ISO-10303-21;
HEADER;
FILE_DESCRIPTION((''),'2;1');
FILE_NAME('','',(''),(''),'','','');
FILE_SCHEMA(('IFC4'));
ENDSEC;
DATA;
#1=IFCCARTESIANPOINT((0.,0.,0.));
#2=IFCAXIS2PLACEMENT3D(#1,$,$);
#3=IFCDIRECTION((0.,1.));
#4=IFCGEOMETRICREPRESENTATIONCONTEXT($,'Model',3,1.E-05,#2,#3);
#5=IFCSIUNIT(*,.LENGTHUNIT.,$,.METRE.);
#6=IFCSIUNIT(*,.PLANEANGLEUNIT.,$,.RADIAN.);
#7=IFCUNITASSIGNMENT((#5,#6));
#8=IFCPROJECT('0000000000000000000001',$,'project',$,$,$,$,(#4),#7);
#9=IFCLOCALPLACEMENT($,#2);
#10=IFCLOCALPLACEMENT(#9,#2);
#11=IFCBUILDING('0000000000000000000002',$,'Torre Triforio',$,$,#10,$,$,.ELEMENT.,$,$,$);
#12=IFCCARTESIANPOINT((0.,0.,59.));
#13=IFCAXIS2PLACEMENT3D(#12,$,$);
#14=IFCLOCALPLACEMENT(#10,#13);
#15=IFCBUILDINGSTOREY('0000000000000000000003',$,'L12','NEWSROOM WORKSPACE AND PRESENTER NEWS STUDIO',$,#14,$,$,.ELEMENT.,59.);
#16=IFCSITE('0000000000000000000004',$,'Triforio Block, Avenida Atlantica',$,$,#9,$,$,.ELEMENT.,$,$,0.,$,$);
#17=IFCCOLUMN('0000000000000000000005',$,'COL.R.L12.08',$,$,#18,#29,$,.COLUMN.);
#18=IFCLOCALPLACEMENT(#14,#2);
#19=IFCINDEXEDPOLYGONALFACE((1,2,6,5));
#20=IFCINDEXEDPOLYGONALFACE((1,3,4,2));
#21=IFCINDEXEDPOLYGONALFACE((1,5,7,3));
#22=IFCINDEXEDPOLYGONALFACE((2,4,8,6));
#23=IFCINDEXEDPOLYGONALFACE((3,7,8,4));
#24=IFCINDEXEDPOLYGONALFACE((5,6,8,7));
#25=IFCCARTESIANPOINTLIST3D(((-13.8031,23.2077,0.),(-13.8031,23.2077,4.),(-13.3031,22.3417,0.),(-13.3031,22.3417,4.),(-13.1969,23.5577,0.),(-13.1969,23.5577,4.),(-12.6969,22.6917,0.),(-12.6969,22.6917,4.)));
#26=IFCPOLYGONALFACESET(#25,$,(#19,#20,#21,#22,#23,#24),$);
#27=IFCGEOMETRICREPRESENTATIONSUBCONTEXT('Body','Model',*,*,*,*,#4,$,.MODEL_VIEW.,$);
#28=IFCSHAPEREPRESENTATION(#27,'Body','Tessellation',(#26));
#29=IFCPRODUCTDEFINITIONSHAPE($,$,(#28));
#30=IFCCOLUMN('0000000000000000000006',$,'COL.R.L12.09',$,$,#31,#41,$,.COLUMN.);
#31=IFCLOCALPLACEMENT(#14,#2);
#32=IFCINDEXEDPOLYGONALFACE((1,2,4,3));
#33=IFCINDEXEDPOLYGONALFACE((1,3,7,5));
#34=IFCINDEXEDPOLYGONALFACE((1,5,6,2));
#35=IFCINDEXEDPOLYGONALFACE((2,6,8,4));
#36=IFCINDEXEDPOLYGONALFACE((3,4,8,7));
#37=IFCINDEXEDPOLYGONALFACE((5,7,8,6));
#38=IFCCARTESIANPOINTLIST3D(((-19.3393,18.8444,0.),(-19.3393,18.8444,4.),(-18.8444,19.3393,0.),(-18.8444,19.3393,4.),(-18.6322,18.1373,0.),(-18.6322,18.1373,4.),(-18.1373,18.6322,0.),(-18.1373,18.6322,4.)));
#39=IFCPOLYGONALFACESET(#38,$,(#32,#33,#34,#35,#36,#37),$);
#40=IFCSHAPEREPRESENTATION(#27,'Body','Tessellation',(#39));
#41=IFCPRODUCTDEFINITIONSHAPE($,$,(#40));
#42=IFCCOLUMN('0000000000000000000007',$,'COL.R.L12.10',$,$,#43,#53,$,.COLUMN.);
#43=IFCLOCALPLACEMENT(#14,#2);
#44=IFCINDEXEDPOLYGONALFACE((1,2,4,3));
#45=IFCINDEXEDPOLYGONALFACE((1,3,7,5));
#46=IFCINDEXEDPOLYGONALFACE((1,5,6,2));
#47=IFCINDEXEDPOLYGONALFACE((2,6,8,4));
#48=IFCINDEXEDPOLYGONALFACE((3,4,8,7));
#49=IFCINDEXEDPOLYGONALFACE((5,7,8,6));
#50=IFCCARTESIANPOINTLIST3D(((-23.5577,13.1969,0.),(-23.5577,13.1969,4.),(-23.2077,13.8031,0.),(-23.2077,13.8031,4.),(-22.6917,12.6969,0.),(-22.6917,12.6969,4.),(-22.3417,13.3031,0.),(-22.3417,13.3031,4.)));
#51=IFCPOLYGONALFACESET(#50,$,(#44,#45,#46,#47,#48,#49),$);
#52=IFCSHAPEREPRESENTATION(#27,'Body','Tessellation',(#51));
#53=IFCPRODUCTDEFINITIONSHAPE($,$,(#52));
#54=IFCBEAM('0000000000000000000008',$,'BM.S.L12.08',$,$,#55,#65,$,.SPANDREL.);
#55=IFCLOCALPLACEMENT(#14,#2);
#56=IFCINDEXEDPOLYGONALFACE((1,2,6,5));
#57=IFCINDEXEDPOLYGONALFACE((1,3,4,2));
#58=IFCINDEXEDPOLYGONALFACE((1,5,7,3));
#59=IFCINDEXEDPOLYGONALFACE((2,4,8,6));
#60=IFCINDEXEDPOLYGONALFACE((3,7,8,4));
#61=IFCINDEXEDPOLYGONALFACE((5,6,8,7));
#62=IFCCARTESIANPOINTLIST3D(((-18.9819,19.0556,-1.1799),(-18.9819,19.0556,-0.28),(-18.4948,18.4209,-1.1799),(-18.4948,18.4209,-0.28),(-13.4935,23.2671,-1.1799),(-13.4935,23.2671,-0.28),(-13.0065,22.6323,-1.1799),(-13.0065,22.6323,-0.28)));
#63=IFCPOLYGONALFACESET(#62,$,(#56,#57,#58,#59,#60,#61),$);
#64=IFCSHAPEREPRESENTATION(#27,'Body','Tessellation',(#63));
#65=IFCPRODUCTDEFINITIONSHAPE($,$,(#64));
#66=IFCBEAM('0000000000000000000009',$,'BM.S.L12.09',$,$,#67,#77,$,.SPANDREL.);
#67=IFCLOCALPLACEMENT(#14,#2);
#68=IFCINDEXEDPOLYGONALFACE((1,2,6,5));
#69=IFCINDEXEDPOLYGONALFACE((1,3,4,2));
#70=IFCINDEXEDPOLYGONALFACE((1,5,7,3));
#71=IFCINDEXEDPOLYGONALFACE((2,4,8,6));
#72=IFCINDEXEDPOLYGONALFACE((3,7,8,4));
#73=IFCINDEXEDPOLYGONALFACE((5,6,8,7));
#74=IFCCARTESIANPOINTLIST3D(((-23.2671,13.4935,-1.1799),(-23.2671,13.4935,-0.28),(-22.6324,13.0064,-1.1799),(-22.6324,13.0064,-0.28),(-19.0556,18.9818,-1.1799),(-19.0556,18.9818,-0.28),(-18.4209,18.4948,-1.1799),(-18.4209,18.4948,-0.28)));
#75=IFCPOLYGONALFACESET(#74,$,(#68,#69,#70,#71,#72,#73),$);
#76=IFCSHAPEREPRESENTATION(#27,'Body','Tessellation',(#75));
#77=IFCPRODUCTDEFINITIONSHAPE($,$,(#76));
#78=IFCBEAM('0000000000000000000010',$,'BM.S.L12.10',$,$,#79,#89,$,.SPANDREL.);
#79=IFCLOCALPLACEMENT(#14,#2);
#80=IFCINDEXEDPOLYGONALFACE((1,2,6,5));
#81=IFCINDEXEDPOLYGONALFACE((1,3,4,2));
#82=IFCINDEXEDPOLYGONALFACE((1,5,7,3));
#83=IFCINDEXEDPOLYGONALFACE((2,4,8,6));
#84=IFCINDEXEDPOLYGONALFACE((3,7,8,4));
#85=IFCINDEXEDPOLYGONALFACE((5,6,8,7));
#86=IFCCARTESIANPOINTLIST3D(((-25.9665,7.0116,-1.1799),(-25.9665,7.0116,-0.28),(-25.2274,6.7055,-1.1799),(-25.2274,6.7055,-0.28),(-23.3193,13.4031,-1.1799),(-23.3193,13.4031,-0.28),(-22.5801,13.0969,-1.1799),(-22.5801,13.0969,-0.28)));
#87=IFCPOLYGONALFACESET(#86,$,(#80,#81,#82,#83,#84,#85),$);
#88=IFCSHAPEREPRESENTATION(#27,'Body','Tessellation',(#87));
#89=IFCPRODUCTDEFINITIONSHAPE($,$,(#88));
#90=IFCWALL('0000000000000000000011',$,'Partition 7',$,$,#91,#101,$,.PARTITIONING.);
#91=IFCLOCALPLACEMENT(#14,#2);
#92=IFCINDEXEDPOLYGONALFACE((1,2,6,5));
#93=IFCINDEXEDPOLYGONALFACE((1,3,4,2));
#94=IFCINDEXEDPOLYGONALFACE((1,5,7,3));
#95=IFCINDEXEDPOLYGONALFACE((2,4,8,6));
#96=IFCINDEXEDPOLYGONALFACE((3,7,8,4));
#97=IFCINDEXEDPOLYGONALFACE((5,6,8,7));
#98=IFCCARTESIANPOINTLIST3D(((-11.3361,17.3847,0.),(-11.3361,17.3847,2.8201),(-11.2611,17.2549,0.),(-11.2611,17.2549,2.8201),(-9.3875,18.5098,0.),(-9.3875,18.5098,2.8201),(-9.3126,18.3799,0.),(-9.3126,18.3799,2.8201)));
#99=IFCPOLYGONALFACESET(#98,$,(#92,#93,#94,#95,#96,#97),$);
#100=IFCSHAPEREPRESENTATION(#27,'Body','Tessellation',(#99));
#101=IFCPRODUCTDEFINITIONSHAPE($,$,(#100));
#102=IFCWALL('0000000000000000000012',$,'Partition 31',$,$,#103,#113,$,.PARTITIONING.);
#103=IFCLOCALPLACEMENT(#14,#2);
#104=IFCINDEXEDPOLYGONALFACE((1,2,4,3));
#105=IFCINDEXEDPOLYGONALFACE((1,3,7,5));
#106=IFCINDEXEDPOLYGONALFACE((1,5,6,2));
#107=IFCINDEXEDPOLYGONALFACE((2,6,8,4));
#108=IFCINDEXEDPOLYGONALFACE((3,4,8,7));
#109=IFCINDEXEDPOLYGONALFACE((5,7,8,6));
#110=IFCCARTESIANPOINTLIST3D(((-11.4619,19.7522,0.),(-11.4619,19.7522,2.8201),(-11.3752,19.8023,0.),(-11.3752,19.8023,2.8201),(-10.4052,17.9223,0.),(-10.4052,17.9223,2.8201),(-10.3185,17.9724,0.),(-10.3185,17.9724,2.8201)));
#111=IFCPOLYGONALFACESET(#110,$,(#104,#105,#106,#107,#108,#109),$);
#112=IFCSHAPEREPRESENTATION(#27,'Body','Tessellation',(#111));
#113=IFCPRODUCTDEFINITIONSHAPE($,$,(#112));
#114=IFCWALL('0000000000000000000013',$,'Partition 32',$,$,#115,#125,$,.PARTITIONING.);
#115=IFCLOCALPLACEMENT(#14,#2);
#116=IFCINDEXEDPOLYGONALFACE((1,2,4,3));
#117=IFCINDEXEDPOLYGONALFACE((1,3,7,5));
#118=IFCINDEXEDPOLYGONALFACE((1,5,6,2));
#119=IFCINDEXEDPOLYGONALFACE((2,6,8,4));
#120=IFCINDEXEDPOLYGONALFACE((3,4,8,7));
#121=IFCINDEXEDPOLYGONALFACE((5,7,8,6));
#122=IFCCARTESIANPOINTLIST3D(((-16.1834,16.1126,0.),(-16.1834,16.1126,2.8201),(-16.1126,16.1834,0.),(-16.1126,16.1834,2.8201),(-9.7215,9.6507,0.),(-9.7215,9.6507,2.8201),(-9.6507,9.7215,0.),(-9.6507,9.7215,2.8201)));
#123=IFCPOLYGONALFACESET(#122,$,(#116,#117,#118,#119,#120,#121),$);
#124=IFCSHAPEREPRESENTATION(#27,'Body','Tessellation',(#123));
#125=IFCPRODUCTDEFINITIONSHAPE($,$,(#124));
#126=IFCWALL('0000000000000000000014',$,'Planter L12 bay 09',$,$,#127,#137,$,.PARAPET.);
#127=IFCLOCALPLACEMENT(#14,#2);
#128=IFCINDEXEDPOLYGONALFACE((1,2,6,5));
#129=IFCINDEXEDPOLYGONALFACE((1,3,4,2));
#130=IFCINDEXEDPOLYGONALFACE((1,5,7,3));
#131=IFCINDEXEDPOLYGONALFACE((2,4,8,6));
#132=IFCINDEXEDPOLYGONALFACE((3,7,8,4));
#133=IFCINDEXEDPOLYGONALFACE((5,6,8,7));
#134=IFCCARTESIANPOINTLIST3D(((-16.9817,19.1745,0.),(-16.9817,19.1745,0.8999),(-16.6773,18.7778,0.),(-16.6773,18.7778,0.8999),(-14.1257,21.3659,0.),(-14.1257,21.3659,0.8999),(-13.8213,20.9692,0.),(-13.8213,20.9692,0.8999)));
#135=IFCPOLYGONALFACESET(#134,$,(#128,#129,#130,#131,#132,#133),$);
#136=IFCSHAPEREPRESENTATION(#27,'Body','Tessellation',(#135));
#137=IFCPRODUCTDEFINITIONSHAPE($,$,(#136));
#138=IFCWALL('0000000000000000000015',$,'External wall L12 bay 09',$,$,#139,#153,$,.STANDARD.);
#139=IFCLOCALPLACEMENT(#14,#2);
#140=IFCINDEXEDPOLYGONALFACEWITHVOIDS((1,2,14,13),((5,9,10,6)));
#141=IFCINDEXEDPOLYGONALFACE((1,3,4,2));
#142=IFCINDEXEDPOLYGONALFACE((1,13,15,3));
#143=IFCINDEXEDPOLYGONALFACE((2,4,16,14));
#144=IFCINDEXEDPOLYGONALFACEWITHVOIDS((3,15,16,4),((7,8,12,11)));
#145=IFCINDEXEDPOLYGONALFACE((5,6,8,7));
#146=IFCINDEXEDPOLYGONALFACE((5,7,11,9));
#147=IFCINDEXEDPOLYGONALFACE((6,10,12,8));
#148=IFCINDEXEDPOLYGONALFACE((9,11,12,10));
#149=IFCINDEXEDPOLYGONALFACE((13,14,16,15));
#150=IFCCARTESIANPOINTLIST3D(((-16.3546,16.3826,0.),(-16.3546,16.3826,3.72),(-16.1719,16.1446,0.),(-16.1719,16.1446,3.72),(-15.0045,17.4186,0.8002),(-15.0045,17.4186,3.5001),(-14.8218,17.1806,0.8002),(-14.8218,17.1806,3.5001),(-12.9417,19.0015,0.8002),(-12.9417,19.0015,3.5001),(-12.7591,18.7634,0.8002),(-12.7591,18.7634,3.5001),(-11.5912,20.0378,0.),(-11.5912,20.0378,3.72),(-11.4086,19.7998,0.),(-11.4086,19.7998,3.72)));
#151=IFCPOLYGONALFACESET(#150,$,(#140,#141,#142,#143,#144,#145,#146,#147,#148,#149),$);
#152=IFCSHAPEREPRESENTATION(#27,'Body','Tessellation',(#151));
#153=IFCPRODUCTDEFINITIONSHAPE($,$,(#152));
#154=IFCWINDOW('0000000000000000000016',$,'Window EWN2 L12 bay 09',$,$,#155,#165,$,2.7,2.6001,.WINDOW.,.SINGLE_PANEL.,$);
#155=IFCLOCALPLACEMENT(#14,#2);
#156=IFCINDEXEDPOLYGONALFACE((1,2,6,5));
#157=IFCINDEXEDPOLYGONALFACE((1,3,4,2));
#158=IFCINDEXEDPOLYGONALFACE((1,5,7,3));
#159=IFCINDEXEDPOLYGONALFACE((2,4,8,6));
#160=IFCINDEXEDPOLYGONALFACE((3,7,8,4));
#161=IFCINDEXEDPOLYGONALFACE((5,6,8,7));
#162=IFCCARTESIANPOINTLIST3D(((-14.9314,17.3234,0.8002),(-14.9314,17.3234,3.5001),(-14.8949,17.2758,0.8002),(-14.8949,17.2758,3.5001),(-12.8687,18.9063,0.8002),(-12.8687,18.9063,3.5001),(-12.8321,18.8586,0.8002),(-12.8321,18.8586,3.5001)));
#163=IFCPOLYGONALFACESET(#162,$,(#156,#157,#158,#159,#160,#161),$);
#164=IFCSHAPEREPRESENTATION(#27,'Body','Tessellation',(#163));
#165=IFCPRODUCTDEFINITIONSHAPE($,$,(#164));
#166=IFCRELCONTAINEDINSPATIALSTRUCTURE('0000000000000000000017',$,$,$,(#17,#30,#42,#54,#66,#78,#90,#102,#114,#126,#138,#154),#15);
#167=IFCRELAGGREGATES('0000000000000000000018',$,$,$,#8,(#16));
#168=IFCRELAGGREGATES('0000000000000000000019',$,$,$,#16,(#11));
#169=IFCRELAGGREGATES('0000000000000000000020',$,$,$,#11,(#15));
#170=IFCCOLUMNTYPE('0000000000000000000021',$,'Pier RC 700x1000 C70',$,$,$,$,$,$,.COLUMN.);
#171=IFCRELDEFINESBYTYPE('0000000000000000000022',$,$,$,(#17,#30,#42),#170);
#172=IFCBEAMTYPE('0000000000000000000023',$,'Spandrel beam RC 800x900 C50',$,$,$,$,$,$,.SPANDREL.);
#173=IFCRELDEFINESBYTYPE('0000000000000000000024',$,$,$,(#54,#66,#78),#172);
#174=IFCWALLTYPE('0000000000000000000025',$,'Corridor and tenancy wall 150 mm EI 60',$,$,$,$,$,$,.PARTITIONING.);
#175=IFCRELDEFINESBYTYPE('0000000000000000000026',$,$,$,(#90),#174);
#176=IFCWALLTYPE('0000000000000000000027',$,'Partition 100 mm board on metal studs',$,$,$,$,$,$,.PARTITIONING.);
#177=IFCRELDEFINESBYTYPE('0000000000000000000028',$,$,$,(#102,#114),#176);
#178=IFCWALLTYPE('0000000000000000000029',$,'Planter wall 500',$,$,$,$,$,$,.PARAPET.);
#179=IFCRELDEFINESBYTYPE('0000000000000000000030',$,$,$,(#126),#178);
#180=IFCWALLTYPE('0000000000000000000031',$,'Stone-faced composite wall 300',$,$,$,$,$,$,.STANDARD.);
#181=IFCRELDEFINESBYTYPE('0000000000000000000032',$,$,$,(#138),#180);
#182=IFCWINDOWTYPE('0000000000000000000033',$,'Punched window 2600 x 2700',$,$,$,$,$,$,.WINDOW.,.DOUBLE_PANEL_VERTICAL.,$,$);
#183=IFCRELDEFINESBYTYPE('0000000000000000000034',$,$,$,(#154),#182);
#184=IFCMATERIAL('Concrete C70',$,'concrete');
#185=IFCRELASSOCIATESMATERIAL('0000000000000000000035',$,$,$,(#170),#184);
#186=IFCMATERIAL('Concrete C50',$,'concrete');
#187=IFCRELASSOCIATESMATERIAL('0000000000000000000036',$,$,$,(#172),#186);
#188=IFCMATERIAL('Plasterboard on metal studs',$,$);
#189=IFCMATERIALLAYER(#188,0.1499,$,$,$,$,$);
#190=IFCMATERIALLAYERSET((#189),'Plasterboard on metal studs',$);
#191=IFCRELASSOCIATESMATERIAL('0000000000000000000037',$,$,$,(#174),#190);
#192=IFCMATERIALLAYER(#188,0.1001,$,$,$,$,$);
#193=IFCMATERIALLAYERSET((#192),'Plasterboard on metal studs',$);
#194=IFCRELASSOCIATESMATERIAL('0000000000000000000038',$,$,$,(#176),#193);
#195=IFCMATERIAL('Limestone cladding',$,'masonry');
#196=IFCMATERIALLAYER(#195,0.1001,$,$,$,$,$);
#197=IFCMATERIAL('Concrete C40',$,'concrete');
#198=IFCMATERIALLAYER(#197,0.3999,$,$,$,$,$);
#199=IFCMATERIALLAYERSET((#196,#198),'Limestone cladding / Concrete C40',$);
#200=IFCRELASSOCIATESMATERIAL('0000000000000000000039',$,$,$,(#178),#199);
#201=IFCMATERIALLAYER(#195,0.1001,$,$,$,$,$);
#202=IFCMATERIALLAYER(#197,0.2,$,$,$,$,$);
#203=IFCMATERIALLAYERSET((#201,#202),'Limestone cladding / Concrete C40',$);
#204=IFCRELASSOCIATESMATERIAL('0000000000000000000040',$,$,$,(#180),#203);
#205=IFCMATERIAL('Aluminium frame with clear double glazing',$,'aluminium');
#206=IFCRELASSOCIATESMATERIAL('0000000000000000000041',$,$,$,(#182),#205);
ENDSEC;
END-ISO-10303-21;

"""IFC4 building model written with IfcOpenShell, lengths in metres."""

from ifc_helpers import new_model, si_unit, direction, frame, frame_2d, origin, origin_2d, place, context, subcontext, project, spatial, rectangle, extrude, material, layer, layer_set, material_profile, profile_set, type_object, element, fill, save


model = new_model("IFC4")

# Units and contexts
model_context = context("Model", 3, precision=1e-05, world=origin(), true_north=direction((0.0, 1.0)))
body_context = subcontext(model_context, "Body", "Model", "MODEL_VIEW")
ifc_project = project(units=[si_unit("LENGTHUNIT", "METRE"), si_unit("PLANEANGLEUNIT", "RADIAN")], contexts=[model_context])

# Site, building, storey
site_placement = place(None, origin())
site = spatial("IfcSite", under=ifc_project, at=site_placement, Name="Triforio Block, Avenida Atlantica", CompositionType="ELEMENT", RefElevation=0.0)
building_placement = place(site_placement, origin())
building = spatial("IfcBuilding", under=site, at=building_placement, Name="Torre Triforio", CompositionType="ELEMENT")
storey_placement = place(building_placement, frame((0.0, 0.0, 59.0)))
storey = spatial("IfcBuildingStorey", under=building, at=storey_placement, Name="L12", Description="NEWSROOM WORKSPACE AND PRESENTER NEWS STUDIO", CompositionType="ELEMENT", Elevation=59.0)

# Columns
ifc_material_1 = material(Name="Concrete C70", Category="concrete")
ifc_material_profile_1 = material_profile(ifc_material_1, rectangle(XDim=0.7, YDim=1.0, at=origin_2d()), Name="RC 700x1000")
ifc_profile_set_1 = profile_set([ifc_material_profile_1], Name="Concrete C70")
column_type = type_object("IfcColumnType", Name="Pier RC 700x1000 C70", PredefinedType="COLUMN", material=ifc_profile_set_1)
for number, where, z_axis, x_axis, name in (
    (1, (-13.25, 22.9497, 0.0), (0.0, 0.0, 1.0), (-0.866025, -0.5, 0.0), "COL.R.L12.08"),
    (2, (-18.7383, 18.7383, 0.0), (0.0, 0.0, 1.0), (-0.707107, -0.707107, 0.0), "COL.R.L12.09"),
    (3, (-22.9497, 13.25, 0.0), (0.0, 0.0, 1.0), (-0.5, -0.866025, 0.0), "COL.R.L12.10"),
):
    element("IfcColumn", number, at=place(storey_placement, frame(where, z_axis=z_axis, x_axis=x_axis)), inside=storey, type_object=column_type, Name=name, PredefinedType="COLUMN", context=body_context, shape_type="SweptSolid", body=[
        extrude(rectangle(XDim=0.7, YDim=1.0, at=origin_2d()), origin(), (0.0, 0.0, 1.0), 4.0),
    ])

# Beams
ifc_material_2 = material(Name="Concrete C50", Category="concrete")
ifc_material_profile_2 = material_profile(ifc_material_2, rectangle(XDim=0.8, YDim=0.8999, at=origin_2d()), Name="RC 800x900")
ifc_profile_set_2 = profile_set([ifc_material_profile_2], Name="Concrete C50")
beam_type = type_object("IfcBeamType", Name="Spandrel beam RC 800x900 C50", PredefinedType="SPANDREL", material=ifc_profile_set_2)
for number, where, z_axis, x_axis, name in (
    (4, (-13.25, 22.9497, -0.73), (-0.793345, -0.608772, 0.0), (0.608772, -0.793345, 0.0), "BM.S.L12.08"),
    (5, (-18.7383, 18.7383, -0.73), (-0.608772, -0.793345, 0.0), (0.793345, -0.608772, 0.0), "BM.S.L12.09"),
    (6, (-22.9497, 13.25, -0.73), (-0.382662, -0.923888, 0.0), (0.923888, -0.382662, 0.0), "BM.S.L12.10"),
):
    element("IfcBeam", number, at=place(storey_placement, frame(where, z_axis=z_axis, x_axis=x_axis)), inside=storey, type_object=beam_type, Name=name, PredefinedType="SPANDREL", context=body_context, shape_type="SweptSolid", body=[
        extrude(rectangle(XDim=0.8, YDim=0.8999, at=origin_2d()), origin(), (0.0, 0.0, 1.0), 6.918),
    ])

# Walls
ifc_material_3 = material(Name="Plasterboard on metal studs")
ifc_layer_1 = layer(ifc_material_3, 0.1499)
ifc_layer_set_1 = layer_set([ifc_layer_1], Name="Plasterboard on metal studs")
wall_type_1 = type_object("IfcWallType", Name="Corridor and tenancy wall 150 mm EI 60", PredefinedType="PARTITIONING", material=ifc_layer_set_1)
wall_1_placement = place(storey_placement, frame((-11.2986, 17.3198, 0.0), z_axis=(0.0, 0.0, 1.0), x_axis=(0.866018, 0.500014, 0.0)))
element("IfcWall", 7, at=wall_1_placement, inside=storey, type_object=wall_type_1, Name="Partition 7", PredefinedType="PARTITIONING", context=body_context, shape_type="SweptSolid", body=[
    extrude(rectangle(XDim=2.25, YDim=0.1499, at=frame_2d((1.125, 0.0))), origin(), (0.0, 0.0, 1.0), 2.8201),
])
ifc_layer_2 = layer(ifc_material_3, 0.1001)
ifc_layer_set_2 = layer_set([ifc_layer_2], Name="Plasterboard on metal studs")
wall_type_2 = type_object("IfcWallType", Name="Partition 100 mm board on metal studs", PredefinedType="PARTITIONING", material=ifc_layer_set_2)
wall_2_placement = place(storey_placement, frame((-10.3618, 17.9473, 0.0), z_axis=(0.0, 0.0, 1.0), x_axis=(-0.500066, 0.865987, 0.0)))
element("IfcWall", 8, at=wall_2_placement, inside=storey, type_object=wall_type_2, Name="Partition 31", PredefinedType="PARTITIONING", context=body_context, shape_type="SweptSolid", body=[
    extrude(rectangle(XDim=2.113, YDim=0.1001, at=frame_2d((1.0566, 0.0))), origin(), (0.0, 0.0, 1.0), 2.8201),
])
wall_3_placement = place(storey_placement, frame((-9.686, 9.686, 0.0), z_axis=(0.0, 0.0, 1.0), x_axis=(-0.707107, 0.707107, 0.0)))
element("IfcWall", 9, at=wall_3_placement, inside=storey, type_object=wall_type_2, Name="Partition 32", PredefinedType="PARTITIONING", context=body_context, shape_type="SweptSolid", body=[
    extrude(rectangle(XDim=9.1384, YDim=0.1001, at=frame_2d((4.5693, 0.0))), origin(), (0.0, 0.0, 1.0), 2.8201),
])
ifc_material_4 = material(Name="Limestone cladding", Category="masonry")
ifc_layer_3 = layer(ifc_material_4, 0.1001)
ifc_material_5 = material(Name="Concrete C40", Category="concrete")
ifc_layer_4 = layer(ifc_material_5, 0.3999)
ifc_layer_set_3 = layer_set([ifc_layer_3, ifc_layer_4], Name="Limestone cladding / Concrete C40")
wall_type_3 = type_object("IfcWallType", Name="Planter wall 500", PredefinedType="PARAPET", material=ifc_layer_set_3)
wall_4_placement = place(storey_placement, frame((-13.9736, 21.1675, 0.0), z_axis=(0.0, 0.0, 1.0), x_axis=(-0.79336, -0.608753, 0.0)))
element("IfcWall", 10, at=wall_4_placement, inside=storey, type_object=wall_type_3, Name="Planter L12 bay 09", PredefinedType="PARAPET", context=body_context, shape_type="SweptSolid", body=[
    extrude(rectangle(XDim=3.5999, YDim=0.5, at=frame_2d((1.7998, 0.0))), origin(), (0.0, 0.0, 1.0), 0.8999),
])

# Wall, opening, window
ifc_layer_5 = layer(ifc_material_4, 0.1001)
ifc_layer_6 = layer(ifc_material_5, 0.2)
ifc_layer_set_4 = layer_set([ifc_layer_5, ifc_layer_6], Name="Limestone cladding / Concrete C40")
wall_type_4 = type_object("IfcWallType", Name="Stone-faced composite wall 300", PredefinedType="STANDARD", material=ifc_layer_set_4)
wall_5_placement = place(storey_placement, frame((-11.5, 19.9187, 0.0), z_axis=(0.0, 0.0, 1.0), x_axis=(-0.79334, -0.608779, 0.0)))
wall_5 = element("IfcWall", 11, at=wall_5_placement, inside=storey, type_object=wall_type_4, Name="External wall L12 bay 09", PredefinedType="STANDARD", context=body_context, shape_type="SweptSolid", body=[
    extrude(rectangle(XDim=6.0042, YDim=0.3, at=frame_2d((3.002, 0.0))), origin(), (0.0, 0.0, 1.0), 3.72),
])
opening_1_placement = place(wall_5_placement, frame((1.7021, 0.0, 0.8)))
opening_1 = element("IfcOpeningElement", 12, at=opening_1_placement, cuts=wall_5, PredefinedType="OPENING", context=body_context, shape_type="SweptSolid", body=[
    extrude(rectangle(XDim=2.6001, YDim=2.7, at=frame_2d((1.3, 1.3501))), frame((0.0, 0.1599, 0.0), z_axis=(0.0, -1.0, 0.0), x_axis=(1.0, 0.0, 0.0)), (0.0, 0.0, 1.0), 0.3201),
])
ifc_material_6 = material(Name="Aluminium frame with clear double glazing", Category="aluminium")
window_type_1 = type_object("IfcWindowType", Name="Punched window 2600 x 2700", PartitioningType="DOUBLE_PANEL_VERTICAL", PredefinedType="WINDOW", material=ifc_material_6)
window_1_placement = place(opening_1_placement, origin())
window_1 = element("IfcWindow", 13, at=window_1_placement, inside=storey, type_object=window_type_1, Name="Window EWN2 L12 bay 09", OverallHeight=2.7, OverallWidth=2.6001, PartitioningType="SINGLE_PANEL", PredefinedType="WINDOW", context=body_context, shape_type="SweptSolid", body=[
    extrude(rectangle(XDim=2.6001, YDim=2.7, at=frame_2d((1.3, 1.3501))), frame((0.0, 0.03, 0.0), z_axis=(0.0, -1.0, 0.0), x_axis=(1.0, 0.0, 0.0)), (0.0, 0.0, 1.0), 0.0601),
])
fill(opening_1, window_1)

save(model, "model.ifc")
